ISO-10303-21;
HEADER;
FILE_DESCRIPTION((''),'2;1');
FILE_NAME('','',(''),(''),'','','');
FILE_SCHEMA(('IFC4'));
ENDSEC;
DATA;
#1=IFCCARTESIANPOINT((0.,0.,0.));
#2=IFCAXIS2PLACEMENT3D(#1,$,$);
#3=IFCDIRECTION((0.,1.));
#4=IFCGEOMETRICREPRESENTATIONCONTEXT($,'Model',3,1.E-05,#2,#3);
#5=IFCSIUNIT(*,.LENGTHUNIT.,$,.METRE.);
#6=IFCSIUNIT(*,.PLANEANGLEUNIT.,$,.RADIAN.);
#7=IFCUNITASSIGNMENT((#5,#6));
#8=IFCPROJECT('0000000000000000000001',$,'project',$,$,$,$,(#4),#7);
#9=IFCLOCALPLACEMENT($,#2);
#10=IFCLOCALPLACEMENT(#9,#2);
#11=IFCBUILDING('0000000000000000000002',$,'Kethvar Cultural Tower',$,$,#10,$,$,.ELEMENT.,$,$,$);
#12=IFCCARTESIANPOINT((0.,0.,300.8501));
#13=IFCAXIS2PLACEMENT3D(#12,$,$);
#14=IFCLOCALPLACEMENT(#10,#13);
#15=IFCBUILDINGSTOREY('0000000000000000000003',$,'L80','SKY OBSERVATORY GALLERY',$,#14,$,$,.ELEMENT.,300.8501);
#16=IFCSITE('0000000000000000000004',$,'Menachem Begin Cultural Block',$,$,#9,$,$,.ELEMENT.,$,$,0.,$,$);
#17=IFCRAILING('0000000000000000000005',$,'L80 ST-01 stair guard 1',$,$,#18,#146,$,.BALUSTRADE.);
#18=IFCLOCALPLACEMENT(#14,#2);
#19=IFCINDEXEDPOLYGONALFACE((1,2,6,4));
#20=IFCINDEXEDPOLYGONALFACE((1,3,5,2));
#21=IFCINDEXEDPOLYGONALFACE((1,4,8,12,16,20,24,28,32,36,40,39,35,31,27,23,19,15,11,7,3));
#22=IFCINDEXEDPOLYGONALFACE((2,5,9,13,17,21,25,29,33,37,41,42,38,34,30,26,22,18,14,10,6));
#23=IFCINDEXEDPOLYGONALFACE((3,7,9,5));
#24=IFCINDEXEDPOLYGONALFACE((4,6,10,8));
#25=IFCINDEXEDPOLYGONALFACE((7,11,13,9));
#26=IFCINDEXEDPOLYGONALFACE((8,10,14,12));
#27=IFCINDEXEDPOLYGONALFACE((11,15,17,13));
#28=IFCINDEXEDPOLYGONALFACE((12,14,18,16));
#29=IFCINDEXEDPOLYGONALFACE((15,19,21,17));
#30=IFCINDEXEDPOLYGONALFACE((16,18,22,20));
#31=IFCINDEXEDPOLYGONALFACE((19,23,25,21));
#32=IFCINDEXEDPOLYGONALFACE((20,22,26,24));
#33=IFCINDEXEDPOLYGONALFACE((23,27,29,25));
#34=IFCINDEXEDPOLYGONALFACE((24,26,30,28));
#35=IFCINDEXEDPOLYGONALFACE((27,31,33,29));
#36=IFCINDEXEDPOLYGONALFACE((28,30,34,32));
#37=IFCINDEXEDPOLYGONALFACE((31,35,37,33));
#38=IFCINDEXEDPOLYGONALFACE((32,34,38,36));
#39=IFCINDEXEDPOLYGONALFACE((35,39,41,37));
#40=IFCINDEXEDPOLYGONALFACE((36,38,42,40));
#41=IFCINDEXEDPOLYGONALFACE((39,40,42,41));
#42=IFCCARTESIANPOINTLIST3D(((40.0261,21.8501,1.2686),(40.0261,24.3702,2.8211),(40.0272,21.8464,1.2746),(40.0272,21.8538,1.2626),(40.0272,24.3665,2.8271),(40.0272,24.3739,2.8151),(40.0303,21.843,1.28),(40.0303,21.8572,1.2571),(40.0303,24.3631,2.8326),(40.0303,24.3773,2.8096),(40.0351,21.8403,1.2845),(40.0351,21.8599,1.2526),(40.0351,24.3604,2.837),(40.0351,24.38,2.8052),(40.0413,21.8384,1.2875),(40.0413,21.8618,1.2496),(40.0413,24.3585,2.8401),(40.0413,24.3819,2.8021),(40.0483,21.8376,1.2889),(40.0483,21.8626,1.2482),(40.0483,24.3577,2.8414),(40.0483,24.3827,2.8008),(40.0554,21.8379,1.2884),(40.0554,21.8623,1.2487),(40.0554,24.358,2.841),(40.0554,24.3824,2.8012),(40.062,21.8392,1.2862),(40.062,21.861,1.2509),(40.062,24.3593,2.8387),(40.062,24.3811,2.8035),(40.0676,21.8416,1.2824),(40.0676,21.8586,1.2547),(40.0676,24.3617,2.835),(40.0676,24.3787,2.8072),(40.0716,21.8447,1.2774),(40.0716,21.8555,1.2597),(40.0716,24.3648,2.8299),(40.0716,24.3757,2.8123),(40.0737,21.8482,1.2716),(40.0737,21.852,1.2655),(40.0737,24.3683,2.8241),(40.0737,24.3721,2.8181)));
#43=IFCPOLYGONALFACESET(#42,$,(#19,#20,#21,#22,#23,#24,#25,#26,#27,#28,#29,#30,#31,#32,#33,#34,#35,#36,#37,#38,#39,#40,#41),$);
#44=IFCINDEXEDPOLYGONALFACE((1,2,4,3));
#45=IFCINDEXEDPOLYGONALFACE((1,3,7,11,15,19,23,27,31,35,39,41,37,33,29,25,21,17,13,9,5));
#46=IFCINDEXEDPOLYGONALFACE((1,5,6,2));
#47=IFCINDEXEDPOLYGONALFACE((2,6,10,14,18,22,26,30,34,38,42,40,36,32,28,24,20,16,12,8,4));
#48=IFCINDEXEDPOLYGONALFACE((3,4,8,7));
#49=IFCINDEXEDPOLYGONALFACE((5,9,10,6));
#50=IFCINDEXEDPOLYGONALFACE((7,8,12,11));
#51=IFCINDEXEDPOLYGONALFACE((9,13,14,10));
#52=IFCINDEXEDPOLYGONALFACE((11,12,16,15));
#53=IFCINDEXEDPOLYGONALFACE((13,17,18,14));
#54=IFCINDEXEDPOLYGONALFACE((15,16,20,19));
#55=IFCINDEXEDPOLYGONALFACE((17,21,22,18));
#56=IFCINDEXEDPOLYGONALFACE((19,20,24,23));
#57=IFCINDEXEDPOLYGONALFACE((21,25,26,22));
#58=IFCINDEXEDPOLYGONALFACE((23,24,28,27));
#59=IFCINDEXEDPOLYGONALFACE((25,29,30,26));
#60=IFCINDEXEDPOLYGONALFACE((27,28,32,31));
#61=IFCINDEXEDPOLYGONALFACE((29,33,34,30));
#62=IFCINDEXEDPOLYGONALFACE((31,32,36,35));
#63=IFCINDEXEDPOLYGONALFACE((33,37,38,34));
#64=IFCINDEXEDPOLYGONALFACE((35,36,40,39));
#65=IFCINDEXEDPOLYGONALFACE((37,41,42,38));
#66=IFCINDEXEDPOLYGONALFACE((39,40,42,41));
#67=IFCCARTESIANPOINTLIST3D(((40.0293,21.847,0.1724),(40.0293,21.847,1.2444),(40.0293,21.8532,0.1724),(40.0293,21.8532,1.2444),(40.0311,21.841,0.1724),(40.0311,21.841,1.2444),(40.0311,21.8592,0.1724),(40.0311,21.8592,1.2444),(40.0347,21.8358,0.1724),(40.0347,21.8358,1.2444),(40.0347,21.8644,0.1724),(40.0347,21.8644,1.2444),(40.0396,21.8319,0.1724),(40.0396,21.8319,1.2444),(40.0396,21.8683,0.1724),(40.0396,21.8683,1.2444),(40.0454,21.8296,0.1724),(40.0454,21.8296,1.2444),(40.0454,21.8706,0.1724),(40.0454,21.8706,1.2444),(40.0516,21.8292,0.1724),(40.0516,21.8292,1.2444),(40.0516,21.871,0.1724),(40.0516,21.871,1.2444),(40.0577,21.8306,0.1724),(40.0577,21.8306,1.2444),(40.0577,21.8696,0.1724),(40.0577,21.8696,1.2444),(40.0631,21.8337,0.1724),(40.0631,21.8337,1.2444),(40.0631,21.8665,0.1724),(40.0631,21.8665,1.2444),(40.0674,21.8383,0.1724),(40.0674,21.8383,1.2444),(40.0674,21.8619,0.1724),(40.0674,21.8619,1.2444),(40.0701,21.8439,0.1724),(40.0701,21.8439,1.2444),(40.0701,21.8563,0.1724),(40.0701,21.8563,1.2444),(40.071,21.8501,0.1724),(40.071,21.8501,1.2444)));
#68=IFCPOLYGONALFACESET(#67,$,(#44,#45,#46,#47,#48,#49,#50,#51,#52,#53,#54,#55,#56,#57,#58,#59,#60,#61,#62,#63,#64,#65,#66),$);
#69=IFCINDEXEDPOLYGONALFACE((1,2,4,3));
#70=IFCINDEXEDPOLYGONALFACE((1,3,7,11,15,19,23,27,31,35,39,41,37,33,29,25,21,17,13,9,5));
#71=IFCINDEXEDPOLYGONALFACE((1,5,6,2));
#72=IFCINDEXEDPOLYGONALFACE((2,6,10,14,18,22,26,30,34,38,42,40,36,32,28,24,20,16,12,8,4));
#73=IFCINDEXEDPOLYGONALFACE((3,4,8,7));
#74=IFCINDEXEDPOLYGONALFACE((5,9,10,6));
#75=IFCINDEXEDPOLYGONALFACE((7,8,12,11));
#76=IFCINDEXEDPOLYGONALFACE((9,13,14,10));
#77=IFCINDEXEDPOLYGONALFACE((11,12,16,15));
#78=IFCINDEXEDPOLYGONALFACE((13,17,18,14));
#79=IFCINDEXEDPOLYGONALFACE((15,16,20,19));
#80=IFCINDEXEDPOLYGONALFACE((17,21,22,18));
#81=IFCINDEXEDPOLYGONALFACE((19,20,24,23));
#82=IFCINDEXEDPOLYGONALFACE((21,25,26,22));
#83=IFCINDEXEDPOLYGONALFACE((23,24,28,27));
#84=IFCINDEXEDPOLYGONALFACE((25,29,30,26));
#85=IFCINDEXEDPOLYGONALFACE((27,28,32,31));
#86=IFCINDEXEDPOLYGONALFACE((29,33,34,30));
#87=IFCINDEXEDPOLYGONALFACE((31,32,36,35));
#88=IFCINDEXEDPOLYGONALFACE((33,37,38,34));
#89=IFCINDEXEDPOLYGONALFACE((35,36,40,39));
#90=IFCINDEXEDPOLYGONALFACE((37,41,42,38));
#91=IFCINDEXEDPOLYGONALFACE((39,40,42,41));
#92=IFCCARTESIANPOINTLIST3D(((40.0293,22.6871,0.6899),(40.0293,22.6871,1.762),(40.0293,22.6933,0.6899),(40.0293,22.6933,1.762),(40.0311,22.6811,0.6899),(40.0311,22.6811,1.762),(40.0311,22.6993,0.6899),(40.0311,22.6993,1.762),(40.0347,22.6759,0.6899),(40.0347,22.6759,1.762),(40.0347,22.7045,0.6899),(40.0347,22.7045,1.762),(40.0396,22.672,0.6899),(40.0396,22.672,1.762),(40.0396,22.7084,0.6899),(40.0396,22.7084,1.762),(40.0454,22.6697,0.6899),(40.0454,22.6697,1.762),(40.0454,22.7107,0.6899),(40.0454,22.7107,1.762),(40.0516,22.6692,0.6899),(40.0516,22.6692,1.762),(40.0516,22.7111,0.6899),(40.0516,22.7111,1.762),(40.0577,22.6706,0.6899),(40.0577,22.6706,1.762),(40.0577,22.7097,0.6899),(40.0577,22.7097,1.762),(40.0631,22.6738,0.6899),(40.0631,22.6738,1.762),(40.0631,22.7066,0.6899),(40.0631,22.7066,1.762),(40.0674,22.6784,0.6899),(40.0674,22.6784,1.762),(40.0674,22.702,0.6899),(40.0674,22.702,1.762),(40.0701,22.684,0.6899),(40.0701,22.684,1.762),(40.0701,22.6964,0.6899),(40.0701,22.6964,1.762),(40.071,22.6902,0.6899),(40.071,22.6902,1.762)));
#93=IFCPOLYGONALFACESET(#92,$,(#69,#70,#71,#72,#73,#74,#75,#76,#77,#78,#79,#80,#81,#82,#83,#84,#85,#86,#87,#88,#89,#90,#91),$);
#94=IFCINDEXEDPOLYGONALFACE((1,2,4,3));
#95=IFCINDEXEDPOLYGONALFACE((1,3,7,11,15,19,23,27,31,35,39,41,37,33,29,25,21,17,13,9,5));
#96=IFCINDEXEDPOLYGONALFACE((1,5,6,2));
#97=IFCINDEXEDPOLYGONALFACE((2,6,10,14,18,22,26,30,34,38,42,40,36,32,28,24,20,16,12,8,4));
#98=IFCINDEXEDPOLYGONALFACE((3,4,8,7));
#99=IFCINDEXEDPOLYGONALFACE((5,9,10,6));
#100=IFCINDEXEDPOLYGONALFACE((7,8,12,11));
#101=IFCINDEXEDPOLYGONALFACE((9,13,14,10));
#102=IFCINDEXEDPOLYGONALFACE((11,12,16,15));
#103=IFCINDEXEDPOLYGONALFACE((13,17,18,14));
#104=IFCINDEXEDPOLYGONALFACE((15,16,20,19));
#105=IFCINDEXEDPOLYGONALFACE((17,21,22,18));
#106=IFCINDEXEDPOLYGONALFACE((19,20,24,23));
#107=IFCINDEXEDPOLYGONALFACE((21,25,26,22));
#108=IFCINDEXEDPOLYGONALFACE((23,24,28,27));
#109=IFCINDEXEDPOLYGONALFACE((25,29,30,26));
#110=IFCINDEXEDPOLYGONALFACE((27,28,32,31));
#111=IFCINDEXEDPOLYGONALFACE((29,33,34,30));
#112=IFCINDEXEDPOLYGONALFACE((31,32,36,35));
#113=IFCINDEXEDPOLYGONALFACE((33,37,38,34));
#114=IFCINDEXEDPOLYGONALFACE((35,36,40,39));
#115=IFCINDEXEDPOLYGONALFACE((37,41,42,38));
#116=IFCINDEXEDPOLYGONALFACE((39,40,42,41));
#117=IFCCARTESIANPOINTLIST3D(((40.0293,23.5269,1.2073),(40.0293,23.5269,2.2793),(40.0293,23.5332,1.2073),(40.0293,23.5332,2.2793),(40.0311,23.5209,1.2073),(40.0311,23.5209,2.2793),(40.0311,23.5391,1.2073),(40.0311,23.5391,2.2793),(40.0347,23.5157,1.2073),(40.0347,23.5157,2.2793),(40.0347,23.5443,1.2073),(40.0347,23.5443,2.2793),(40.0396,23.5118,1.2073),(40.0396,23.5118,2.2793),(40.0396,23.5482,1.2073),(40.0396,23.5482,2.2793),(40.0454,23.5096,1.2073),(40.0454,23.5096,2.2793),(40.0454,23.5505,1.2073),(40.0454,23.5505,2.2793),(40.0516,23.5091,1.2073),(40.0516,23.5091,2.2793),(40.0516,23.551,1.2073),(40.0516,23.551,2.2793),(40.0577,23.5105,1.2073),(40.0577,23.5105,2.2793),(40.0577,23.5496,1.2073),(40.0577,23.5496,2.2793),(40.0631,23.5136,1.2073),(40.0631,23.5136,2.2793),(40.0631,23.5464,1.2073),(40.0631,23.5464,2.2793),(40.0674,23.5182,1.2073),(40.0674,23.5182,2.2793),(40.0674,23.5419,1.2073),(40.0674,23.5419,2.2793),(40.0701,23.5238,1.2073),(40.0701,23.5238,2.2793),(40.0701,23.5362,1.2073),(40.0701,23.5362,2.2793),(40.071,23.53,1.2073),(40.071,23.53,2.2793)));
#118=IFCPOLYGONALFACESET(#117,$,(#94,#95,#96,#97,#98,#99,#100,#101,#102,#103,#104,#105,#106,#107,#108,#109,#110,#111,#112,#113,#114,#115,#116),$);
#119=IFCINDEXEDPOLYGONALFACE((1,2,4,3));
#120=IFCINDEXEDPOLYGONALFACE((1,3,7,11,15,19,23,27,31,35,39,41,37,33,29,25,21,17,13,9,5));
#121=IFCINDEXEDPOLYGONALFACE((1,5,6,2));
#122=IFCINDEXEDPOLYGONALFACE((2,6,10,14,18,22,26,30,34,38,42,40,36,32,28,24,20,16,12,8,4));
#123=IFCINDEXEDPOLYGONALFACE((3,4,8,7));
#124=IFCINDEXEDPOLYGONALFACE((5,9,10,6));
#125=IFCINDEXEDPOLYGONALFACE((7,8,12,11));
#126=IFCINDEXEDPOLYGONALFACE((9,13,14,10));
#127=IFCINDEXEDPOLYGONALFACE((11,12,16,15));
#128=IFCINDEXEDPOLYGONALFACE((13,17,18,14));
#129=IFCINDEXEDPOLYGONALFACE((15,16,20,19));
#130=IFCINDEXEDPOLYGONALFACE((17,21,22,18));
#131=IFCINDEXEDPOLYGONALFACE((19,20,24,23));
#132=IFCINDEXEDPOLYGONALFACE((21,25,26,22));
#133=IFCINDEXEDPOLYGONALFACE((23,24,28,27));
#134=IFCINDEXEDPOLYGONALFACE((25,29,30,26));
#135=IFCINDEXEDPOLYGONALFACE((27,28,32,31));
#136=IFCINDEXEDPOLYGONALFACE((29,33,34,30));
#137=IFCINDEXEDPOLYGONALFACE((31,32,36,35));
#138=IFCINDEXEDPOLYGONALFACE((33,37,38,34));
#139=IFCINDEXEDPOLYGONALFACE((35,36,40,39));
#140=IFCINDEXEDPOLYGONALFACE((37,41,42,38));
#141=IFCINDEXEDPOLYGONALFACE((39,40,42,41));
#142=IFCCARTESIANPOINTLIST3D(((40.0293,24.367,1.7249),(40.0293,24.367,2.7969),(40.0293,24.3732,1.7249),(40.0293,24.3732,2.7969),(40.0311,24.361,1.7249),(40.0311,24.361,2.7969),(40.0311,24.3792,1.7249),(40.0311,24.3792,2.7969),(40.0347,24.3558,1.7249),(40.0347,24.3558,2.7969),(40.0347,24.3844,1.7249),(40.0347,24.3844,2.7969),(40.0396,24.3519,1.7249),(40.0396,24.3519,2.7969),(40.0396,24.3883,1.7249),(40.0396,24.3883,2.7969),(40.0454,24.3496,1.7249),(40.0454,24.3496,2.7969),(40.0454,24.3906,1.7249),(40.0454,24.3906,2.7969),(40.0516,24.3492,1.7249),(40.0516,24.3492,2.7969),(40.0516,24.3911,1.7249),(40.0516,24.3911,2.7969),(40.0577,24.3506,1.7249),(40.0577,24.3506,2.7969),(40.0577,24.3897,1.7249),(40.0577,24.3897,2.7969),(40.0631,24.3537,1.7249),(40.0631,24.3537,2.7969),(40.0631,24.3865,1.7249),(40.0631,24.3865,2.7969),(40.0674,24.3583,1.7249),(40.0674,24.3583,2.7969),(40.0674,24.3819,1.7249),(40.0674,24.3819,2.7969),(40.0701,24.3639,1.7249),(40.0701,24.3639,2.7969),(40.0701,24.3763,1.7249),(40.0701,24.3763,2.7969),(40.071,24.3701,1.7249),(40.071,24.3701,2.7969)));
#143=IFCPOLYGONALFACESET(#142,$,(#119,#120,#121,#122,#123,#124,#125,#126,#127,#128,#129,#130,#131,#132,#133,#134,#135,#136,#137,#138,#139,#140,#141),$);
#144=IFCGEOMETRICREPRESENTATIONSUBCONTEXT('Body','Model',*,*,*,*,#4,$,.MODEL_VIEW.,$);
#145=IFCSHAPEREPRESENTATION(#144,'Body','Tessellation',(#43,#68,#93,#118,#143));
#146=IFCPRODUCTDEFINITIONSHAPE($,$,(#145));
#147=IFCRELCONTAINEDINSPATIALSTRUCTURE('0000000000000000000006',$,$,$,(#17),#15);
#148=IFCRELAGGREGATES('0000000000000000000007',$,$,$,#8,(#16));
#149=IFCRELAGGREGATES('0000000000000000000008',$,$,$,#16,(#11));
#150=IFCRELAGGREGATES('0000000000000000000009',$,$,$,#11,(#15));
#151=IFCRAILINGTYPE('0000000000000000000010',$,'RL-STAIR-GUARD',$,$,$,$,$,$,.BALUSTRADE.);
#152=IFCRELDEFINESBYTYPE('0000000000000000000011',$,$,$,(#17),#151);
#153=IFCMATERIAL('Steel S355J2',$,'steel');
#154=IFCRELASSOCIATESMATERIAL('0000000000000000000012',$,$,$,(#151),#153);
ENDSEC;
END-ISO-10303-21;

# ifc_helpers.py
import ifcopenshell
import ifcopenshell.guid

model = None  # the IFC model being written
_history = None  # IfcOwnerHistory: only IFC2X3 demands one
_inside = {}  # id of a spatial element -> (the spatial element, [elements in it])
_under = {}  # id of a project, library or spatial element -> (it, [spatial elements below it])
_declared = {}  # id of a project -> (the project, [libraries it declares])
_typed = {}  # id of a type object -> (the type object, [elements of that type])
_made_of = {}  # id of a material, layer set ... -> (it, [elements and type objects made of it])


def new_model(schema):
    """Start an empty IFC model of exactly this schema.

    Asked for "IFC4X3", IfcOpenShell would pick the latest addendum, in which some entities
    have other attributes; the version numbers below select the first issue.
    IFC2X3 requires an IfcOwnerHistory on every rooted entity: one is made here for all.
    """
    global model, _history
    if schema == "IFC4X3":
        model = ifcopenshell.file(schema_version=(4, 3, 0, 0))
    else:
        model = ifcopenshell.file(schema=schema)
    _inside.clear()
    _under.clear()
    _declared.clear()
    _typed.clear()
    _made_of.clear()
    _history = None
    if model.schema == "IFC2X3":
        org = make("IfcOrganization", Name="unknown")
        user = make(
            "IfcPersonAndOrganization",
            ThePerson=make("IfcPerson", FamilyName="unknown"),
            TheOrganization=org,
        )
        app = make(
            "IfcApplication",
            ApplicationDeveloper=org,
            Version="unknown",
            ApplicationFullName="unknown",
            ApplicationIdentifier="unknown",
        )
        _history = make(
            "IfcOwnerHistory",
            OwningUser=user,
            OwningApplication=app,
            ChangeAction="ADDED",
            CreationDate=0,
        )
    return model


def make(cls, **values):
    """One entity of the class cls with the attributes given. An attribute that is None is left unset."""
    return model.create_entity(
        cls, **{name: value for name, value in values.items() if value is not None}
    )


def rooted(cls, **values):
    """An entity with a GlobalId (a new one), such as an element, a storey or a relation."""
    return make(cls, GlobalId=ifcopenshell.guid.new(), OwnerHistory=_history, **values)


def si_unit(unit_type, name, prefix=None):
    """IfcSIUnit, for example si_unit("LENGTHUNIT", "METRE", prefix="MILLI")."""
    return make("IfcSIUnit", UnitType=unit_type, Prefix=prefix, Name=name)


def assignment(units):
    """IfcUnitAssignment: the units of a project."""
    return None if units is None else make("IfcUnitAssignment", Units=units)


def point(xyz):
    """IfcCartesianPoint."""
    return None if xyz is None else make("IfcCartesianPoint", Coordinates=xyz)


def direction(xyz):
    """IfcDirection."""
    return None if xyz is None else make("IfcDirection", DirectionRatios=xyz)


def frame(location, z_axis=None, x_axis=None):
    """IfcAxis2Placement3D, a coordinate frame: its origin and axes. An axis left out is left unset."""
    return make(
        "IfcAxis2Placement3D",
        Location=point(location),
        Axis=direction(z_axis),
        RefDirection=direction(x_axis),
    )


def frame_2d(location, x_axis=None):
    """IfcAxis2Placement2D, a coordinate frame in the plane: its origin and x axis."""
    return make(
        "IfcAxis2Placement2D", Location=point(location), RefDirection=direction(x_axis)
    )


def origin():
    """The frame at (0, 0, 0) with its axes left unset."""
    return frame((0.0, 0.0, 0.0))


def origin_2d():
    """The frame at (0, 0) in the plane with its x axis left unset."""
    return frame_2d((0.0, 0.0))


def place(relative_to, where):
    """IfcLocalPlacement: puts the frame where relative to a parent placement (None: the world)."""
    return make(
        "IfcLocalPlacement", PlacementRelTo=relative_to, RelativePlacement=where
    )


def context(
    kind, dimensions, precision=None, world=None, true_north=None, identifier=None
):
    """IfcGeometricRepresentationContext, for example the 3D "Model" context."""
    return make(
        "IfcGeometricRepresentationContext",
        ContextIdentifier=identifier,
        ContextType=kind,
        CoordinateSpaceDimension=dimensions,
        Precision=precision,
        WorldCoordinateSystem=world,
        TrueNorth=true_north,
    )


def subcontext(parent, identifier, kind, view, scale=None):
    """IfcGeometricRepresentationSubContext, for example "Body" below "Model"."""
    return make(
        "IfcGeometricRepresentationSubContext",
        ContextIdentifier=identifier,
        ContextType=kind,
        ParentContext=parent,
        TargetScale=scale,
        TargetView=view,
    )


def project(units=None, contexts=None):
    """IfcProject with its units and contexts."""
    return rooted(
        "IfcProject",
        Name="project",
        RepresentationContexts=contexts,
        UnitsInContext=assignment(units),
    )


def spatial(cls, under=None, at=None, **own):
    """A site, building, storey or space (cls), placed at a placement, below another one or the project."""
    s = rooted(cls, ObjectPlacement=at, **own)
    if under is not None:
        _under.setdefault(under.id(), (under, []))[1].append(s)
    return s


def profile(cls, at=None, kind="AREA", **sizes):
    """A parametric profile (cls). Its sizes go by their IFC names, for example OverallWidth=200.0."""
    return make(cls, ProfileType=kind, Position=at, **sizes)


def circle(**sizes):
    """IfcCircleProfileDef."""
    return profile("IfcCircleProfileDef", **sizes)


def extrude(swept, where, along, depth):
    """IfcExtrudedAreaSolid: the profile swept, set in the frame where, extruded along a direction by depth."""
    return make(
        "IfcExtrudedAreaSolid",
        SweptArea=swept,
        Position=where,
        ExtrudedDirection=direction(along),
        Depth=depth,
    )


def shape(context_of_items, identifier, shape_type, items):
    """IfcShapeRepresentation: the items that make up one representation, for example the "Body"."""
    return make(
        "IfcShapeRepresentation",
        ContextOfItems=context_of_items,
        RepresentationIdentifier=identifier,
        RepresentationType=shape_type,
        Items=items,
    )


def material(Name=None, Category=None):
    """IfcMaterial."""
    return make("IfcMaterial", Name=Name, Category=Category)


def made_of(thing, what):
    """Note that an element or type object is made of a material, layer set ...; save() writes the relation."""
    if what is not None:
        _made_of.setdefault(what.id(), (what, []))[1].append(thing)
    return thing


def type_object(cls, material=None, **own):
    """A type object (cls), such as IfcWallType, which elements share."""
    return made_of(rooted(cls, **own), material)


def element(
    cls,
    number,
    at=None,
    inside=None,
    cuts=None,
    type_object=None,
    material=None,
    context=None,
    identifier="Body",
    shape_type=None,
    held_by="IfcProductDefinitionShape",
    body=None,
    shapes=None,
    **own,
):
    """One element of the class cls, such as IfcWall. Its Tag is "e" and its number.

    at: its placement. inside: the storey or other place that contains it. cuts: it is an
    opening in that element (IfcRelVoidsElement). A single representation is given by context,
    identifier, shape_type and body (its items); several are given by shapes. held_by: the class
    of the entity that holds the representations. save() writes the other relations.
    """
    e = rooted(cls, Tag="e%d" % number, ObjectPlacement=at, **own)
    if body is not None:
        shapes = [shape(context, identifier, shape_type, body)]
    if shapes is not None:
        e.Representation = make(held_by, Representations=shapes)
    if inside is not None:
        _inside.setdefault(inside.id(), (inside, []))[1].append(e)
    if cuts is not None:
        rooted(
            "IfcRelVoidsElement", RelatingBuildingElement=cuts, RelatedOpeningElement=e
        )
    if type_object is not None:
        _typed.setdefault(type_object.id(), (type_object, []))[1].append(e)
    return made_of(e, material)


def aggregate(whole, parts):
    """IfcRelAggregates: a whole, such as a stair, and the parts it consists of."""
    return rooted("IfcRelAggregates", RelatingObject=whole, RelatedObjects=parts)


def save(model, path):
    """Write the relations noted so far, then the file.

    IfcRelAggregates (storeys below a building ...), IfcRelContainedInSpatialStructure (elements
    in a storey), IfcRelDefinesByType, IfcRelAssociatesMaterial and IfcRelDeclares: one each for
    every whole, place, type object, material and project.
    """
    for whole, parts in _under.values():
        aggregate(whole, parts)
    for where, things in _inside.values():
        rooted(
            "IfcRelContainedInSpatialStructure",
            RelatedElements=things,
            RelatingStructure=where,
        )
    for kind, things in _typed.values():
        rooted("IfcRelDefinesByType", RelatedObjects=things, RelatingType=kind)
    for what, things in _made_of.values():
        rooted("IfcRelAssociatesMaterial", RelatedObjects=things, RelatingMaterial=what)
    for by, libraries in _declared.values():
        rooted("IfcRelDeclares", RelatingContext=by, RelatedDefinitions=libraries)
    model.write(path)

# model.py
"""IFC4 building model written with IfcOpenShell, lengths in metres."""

from ifc_helpers import new_model, si_unit, direction, frame, origin, origin_2d, place, context, subcontext, project, spatial, circle, extrude, material, type_object, element, save


model = new_model("IFC4")

# Units and contexts
model_context = context("Model", 3, precision=1e-05, world=origin(), true_north=direction((0.0, 1.0)))
body_context = subcontext(model_context, "Body", "Model", "MODEL_VIEW")
ifc_project = project(units=[si_unit("LENGTHUNIT", "METRE"), si_unit("PLANEANGLEUNIT", "RADIAN")], contexts=[model_context])

# Site, building, storey
site_placement = place(None, origin())
site = spatial("IfcSite", under=ifc_project, at=site_placement, Name="Menachem Begin Cultural Block", CompositionType="ELEMENT", RefElevation=0.0)
building_placement = place(site_placement, origin())
building = spatial("IfcBuilding", under=site, at=building_placement, Name="Kethvar Cultural Tower", CompositionType="ELEMENT")
storey_placement = place(building_placement, frame((0.0, 0.0, 300.8501)))
storey = spatial("IfcBuildingStorey", under=building, at=storey_placement, Name="L80", Description="SKY OBSERVATORY GALLERY", CompositionType="ELEMENT", Elevation=300.8501)

# Shared definitions
ifc_material_1 = material(Name="Steel S355J2", Category="steel")

# Railing
railing_type_1 = type_object("IfcRailingType", Name="RL-STAIR-GUARD", PredefinedType="BALUSTRADE", material=ifc_material_1)
railing_1_placement = place(storey_placement, frame((40.05, 21.8501, 0.1724)))
element("IfcRailing", 1, at=railing_1_placement, inside=storey, type_object=railing_type_1, Name="L80 ST-01 stair guard 1", PredefinedType="BALUSTRADE", context=body_context, shape_type="SweptSolid", body=[
    extrude(circle(Radius=0.0239, at=origin_2d()), frame((0.0, 0.0, 1.0962), z_axis=(0.0, 0.8514, 0.524516), x_axis=(-1.0, 0.0, 0.0)), (0.0, 0.0, 1.0), 2.96),
    extrude(circle(Radius=0.021, at=origin_2d()), origin(), (0.0, 0.0, 1.0), 1.072),
    extrude(circle(Radius=0.021, at=origin_2d()), frame((0.0, 0.8401, 0.5176)), (0.0, 0.0, 1.0), 1.072),
    extrude(circle(Radius=0.021, at=origin_2d()), frame((0.0, 1.6799, 1.0349)), (0.0, 0.0, 1.0), 1.072),
    extrude(circle(Radius=0.021, at=origin_2d()), frame((0.0, 2.52, 1.5525)), (0.0, 0.0, 1.0), 1.072),
])

save(model, "model.ifc")
